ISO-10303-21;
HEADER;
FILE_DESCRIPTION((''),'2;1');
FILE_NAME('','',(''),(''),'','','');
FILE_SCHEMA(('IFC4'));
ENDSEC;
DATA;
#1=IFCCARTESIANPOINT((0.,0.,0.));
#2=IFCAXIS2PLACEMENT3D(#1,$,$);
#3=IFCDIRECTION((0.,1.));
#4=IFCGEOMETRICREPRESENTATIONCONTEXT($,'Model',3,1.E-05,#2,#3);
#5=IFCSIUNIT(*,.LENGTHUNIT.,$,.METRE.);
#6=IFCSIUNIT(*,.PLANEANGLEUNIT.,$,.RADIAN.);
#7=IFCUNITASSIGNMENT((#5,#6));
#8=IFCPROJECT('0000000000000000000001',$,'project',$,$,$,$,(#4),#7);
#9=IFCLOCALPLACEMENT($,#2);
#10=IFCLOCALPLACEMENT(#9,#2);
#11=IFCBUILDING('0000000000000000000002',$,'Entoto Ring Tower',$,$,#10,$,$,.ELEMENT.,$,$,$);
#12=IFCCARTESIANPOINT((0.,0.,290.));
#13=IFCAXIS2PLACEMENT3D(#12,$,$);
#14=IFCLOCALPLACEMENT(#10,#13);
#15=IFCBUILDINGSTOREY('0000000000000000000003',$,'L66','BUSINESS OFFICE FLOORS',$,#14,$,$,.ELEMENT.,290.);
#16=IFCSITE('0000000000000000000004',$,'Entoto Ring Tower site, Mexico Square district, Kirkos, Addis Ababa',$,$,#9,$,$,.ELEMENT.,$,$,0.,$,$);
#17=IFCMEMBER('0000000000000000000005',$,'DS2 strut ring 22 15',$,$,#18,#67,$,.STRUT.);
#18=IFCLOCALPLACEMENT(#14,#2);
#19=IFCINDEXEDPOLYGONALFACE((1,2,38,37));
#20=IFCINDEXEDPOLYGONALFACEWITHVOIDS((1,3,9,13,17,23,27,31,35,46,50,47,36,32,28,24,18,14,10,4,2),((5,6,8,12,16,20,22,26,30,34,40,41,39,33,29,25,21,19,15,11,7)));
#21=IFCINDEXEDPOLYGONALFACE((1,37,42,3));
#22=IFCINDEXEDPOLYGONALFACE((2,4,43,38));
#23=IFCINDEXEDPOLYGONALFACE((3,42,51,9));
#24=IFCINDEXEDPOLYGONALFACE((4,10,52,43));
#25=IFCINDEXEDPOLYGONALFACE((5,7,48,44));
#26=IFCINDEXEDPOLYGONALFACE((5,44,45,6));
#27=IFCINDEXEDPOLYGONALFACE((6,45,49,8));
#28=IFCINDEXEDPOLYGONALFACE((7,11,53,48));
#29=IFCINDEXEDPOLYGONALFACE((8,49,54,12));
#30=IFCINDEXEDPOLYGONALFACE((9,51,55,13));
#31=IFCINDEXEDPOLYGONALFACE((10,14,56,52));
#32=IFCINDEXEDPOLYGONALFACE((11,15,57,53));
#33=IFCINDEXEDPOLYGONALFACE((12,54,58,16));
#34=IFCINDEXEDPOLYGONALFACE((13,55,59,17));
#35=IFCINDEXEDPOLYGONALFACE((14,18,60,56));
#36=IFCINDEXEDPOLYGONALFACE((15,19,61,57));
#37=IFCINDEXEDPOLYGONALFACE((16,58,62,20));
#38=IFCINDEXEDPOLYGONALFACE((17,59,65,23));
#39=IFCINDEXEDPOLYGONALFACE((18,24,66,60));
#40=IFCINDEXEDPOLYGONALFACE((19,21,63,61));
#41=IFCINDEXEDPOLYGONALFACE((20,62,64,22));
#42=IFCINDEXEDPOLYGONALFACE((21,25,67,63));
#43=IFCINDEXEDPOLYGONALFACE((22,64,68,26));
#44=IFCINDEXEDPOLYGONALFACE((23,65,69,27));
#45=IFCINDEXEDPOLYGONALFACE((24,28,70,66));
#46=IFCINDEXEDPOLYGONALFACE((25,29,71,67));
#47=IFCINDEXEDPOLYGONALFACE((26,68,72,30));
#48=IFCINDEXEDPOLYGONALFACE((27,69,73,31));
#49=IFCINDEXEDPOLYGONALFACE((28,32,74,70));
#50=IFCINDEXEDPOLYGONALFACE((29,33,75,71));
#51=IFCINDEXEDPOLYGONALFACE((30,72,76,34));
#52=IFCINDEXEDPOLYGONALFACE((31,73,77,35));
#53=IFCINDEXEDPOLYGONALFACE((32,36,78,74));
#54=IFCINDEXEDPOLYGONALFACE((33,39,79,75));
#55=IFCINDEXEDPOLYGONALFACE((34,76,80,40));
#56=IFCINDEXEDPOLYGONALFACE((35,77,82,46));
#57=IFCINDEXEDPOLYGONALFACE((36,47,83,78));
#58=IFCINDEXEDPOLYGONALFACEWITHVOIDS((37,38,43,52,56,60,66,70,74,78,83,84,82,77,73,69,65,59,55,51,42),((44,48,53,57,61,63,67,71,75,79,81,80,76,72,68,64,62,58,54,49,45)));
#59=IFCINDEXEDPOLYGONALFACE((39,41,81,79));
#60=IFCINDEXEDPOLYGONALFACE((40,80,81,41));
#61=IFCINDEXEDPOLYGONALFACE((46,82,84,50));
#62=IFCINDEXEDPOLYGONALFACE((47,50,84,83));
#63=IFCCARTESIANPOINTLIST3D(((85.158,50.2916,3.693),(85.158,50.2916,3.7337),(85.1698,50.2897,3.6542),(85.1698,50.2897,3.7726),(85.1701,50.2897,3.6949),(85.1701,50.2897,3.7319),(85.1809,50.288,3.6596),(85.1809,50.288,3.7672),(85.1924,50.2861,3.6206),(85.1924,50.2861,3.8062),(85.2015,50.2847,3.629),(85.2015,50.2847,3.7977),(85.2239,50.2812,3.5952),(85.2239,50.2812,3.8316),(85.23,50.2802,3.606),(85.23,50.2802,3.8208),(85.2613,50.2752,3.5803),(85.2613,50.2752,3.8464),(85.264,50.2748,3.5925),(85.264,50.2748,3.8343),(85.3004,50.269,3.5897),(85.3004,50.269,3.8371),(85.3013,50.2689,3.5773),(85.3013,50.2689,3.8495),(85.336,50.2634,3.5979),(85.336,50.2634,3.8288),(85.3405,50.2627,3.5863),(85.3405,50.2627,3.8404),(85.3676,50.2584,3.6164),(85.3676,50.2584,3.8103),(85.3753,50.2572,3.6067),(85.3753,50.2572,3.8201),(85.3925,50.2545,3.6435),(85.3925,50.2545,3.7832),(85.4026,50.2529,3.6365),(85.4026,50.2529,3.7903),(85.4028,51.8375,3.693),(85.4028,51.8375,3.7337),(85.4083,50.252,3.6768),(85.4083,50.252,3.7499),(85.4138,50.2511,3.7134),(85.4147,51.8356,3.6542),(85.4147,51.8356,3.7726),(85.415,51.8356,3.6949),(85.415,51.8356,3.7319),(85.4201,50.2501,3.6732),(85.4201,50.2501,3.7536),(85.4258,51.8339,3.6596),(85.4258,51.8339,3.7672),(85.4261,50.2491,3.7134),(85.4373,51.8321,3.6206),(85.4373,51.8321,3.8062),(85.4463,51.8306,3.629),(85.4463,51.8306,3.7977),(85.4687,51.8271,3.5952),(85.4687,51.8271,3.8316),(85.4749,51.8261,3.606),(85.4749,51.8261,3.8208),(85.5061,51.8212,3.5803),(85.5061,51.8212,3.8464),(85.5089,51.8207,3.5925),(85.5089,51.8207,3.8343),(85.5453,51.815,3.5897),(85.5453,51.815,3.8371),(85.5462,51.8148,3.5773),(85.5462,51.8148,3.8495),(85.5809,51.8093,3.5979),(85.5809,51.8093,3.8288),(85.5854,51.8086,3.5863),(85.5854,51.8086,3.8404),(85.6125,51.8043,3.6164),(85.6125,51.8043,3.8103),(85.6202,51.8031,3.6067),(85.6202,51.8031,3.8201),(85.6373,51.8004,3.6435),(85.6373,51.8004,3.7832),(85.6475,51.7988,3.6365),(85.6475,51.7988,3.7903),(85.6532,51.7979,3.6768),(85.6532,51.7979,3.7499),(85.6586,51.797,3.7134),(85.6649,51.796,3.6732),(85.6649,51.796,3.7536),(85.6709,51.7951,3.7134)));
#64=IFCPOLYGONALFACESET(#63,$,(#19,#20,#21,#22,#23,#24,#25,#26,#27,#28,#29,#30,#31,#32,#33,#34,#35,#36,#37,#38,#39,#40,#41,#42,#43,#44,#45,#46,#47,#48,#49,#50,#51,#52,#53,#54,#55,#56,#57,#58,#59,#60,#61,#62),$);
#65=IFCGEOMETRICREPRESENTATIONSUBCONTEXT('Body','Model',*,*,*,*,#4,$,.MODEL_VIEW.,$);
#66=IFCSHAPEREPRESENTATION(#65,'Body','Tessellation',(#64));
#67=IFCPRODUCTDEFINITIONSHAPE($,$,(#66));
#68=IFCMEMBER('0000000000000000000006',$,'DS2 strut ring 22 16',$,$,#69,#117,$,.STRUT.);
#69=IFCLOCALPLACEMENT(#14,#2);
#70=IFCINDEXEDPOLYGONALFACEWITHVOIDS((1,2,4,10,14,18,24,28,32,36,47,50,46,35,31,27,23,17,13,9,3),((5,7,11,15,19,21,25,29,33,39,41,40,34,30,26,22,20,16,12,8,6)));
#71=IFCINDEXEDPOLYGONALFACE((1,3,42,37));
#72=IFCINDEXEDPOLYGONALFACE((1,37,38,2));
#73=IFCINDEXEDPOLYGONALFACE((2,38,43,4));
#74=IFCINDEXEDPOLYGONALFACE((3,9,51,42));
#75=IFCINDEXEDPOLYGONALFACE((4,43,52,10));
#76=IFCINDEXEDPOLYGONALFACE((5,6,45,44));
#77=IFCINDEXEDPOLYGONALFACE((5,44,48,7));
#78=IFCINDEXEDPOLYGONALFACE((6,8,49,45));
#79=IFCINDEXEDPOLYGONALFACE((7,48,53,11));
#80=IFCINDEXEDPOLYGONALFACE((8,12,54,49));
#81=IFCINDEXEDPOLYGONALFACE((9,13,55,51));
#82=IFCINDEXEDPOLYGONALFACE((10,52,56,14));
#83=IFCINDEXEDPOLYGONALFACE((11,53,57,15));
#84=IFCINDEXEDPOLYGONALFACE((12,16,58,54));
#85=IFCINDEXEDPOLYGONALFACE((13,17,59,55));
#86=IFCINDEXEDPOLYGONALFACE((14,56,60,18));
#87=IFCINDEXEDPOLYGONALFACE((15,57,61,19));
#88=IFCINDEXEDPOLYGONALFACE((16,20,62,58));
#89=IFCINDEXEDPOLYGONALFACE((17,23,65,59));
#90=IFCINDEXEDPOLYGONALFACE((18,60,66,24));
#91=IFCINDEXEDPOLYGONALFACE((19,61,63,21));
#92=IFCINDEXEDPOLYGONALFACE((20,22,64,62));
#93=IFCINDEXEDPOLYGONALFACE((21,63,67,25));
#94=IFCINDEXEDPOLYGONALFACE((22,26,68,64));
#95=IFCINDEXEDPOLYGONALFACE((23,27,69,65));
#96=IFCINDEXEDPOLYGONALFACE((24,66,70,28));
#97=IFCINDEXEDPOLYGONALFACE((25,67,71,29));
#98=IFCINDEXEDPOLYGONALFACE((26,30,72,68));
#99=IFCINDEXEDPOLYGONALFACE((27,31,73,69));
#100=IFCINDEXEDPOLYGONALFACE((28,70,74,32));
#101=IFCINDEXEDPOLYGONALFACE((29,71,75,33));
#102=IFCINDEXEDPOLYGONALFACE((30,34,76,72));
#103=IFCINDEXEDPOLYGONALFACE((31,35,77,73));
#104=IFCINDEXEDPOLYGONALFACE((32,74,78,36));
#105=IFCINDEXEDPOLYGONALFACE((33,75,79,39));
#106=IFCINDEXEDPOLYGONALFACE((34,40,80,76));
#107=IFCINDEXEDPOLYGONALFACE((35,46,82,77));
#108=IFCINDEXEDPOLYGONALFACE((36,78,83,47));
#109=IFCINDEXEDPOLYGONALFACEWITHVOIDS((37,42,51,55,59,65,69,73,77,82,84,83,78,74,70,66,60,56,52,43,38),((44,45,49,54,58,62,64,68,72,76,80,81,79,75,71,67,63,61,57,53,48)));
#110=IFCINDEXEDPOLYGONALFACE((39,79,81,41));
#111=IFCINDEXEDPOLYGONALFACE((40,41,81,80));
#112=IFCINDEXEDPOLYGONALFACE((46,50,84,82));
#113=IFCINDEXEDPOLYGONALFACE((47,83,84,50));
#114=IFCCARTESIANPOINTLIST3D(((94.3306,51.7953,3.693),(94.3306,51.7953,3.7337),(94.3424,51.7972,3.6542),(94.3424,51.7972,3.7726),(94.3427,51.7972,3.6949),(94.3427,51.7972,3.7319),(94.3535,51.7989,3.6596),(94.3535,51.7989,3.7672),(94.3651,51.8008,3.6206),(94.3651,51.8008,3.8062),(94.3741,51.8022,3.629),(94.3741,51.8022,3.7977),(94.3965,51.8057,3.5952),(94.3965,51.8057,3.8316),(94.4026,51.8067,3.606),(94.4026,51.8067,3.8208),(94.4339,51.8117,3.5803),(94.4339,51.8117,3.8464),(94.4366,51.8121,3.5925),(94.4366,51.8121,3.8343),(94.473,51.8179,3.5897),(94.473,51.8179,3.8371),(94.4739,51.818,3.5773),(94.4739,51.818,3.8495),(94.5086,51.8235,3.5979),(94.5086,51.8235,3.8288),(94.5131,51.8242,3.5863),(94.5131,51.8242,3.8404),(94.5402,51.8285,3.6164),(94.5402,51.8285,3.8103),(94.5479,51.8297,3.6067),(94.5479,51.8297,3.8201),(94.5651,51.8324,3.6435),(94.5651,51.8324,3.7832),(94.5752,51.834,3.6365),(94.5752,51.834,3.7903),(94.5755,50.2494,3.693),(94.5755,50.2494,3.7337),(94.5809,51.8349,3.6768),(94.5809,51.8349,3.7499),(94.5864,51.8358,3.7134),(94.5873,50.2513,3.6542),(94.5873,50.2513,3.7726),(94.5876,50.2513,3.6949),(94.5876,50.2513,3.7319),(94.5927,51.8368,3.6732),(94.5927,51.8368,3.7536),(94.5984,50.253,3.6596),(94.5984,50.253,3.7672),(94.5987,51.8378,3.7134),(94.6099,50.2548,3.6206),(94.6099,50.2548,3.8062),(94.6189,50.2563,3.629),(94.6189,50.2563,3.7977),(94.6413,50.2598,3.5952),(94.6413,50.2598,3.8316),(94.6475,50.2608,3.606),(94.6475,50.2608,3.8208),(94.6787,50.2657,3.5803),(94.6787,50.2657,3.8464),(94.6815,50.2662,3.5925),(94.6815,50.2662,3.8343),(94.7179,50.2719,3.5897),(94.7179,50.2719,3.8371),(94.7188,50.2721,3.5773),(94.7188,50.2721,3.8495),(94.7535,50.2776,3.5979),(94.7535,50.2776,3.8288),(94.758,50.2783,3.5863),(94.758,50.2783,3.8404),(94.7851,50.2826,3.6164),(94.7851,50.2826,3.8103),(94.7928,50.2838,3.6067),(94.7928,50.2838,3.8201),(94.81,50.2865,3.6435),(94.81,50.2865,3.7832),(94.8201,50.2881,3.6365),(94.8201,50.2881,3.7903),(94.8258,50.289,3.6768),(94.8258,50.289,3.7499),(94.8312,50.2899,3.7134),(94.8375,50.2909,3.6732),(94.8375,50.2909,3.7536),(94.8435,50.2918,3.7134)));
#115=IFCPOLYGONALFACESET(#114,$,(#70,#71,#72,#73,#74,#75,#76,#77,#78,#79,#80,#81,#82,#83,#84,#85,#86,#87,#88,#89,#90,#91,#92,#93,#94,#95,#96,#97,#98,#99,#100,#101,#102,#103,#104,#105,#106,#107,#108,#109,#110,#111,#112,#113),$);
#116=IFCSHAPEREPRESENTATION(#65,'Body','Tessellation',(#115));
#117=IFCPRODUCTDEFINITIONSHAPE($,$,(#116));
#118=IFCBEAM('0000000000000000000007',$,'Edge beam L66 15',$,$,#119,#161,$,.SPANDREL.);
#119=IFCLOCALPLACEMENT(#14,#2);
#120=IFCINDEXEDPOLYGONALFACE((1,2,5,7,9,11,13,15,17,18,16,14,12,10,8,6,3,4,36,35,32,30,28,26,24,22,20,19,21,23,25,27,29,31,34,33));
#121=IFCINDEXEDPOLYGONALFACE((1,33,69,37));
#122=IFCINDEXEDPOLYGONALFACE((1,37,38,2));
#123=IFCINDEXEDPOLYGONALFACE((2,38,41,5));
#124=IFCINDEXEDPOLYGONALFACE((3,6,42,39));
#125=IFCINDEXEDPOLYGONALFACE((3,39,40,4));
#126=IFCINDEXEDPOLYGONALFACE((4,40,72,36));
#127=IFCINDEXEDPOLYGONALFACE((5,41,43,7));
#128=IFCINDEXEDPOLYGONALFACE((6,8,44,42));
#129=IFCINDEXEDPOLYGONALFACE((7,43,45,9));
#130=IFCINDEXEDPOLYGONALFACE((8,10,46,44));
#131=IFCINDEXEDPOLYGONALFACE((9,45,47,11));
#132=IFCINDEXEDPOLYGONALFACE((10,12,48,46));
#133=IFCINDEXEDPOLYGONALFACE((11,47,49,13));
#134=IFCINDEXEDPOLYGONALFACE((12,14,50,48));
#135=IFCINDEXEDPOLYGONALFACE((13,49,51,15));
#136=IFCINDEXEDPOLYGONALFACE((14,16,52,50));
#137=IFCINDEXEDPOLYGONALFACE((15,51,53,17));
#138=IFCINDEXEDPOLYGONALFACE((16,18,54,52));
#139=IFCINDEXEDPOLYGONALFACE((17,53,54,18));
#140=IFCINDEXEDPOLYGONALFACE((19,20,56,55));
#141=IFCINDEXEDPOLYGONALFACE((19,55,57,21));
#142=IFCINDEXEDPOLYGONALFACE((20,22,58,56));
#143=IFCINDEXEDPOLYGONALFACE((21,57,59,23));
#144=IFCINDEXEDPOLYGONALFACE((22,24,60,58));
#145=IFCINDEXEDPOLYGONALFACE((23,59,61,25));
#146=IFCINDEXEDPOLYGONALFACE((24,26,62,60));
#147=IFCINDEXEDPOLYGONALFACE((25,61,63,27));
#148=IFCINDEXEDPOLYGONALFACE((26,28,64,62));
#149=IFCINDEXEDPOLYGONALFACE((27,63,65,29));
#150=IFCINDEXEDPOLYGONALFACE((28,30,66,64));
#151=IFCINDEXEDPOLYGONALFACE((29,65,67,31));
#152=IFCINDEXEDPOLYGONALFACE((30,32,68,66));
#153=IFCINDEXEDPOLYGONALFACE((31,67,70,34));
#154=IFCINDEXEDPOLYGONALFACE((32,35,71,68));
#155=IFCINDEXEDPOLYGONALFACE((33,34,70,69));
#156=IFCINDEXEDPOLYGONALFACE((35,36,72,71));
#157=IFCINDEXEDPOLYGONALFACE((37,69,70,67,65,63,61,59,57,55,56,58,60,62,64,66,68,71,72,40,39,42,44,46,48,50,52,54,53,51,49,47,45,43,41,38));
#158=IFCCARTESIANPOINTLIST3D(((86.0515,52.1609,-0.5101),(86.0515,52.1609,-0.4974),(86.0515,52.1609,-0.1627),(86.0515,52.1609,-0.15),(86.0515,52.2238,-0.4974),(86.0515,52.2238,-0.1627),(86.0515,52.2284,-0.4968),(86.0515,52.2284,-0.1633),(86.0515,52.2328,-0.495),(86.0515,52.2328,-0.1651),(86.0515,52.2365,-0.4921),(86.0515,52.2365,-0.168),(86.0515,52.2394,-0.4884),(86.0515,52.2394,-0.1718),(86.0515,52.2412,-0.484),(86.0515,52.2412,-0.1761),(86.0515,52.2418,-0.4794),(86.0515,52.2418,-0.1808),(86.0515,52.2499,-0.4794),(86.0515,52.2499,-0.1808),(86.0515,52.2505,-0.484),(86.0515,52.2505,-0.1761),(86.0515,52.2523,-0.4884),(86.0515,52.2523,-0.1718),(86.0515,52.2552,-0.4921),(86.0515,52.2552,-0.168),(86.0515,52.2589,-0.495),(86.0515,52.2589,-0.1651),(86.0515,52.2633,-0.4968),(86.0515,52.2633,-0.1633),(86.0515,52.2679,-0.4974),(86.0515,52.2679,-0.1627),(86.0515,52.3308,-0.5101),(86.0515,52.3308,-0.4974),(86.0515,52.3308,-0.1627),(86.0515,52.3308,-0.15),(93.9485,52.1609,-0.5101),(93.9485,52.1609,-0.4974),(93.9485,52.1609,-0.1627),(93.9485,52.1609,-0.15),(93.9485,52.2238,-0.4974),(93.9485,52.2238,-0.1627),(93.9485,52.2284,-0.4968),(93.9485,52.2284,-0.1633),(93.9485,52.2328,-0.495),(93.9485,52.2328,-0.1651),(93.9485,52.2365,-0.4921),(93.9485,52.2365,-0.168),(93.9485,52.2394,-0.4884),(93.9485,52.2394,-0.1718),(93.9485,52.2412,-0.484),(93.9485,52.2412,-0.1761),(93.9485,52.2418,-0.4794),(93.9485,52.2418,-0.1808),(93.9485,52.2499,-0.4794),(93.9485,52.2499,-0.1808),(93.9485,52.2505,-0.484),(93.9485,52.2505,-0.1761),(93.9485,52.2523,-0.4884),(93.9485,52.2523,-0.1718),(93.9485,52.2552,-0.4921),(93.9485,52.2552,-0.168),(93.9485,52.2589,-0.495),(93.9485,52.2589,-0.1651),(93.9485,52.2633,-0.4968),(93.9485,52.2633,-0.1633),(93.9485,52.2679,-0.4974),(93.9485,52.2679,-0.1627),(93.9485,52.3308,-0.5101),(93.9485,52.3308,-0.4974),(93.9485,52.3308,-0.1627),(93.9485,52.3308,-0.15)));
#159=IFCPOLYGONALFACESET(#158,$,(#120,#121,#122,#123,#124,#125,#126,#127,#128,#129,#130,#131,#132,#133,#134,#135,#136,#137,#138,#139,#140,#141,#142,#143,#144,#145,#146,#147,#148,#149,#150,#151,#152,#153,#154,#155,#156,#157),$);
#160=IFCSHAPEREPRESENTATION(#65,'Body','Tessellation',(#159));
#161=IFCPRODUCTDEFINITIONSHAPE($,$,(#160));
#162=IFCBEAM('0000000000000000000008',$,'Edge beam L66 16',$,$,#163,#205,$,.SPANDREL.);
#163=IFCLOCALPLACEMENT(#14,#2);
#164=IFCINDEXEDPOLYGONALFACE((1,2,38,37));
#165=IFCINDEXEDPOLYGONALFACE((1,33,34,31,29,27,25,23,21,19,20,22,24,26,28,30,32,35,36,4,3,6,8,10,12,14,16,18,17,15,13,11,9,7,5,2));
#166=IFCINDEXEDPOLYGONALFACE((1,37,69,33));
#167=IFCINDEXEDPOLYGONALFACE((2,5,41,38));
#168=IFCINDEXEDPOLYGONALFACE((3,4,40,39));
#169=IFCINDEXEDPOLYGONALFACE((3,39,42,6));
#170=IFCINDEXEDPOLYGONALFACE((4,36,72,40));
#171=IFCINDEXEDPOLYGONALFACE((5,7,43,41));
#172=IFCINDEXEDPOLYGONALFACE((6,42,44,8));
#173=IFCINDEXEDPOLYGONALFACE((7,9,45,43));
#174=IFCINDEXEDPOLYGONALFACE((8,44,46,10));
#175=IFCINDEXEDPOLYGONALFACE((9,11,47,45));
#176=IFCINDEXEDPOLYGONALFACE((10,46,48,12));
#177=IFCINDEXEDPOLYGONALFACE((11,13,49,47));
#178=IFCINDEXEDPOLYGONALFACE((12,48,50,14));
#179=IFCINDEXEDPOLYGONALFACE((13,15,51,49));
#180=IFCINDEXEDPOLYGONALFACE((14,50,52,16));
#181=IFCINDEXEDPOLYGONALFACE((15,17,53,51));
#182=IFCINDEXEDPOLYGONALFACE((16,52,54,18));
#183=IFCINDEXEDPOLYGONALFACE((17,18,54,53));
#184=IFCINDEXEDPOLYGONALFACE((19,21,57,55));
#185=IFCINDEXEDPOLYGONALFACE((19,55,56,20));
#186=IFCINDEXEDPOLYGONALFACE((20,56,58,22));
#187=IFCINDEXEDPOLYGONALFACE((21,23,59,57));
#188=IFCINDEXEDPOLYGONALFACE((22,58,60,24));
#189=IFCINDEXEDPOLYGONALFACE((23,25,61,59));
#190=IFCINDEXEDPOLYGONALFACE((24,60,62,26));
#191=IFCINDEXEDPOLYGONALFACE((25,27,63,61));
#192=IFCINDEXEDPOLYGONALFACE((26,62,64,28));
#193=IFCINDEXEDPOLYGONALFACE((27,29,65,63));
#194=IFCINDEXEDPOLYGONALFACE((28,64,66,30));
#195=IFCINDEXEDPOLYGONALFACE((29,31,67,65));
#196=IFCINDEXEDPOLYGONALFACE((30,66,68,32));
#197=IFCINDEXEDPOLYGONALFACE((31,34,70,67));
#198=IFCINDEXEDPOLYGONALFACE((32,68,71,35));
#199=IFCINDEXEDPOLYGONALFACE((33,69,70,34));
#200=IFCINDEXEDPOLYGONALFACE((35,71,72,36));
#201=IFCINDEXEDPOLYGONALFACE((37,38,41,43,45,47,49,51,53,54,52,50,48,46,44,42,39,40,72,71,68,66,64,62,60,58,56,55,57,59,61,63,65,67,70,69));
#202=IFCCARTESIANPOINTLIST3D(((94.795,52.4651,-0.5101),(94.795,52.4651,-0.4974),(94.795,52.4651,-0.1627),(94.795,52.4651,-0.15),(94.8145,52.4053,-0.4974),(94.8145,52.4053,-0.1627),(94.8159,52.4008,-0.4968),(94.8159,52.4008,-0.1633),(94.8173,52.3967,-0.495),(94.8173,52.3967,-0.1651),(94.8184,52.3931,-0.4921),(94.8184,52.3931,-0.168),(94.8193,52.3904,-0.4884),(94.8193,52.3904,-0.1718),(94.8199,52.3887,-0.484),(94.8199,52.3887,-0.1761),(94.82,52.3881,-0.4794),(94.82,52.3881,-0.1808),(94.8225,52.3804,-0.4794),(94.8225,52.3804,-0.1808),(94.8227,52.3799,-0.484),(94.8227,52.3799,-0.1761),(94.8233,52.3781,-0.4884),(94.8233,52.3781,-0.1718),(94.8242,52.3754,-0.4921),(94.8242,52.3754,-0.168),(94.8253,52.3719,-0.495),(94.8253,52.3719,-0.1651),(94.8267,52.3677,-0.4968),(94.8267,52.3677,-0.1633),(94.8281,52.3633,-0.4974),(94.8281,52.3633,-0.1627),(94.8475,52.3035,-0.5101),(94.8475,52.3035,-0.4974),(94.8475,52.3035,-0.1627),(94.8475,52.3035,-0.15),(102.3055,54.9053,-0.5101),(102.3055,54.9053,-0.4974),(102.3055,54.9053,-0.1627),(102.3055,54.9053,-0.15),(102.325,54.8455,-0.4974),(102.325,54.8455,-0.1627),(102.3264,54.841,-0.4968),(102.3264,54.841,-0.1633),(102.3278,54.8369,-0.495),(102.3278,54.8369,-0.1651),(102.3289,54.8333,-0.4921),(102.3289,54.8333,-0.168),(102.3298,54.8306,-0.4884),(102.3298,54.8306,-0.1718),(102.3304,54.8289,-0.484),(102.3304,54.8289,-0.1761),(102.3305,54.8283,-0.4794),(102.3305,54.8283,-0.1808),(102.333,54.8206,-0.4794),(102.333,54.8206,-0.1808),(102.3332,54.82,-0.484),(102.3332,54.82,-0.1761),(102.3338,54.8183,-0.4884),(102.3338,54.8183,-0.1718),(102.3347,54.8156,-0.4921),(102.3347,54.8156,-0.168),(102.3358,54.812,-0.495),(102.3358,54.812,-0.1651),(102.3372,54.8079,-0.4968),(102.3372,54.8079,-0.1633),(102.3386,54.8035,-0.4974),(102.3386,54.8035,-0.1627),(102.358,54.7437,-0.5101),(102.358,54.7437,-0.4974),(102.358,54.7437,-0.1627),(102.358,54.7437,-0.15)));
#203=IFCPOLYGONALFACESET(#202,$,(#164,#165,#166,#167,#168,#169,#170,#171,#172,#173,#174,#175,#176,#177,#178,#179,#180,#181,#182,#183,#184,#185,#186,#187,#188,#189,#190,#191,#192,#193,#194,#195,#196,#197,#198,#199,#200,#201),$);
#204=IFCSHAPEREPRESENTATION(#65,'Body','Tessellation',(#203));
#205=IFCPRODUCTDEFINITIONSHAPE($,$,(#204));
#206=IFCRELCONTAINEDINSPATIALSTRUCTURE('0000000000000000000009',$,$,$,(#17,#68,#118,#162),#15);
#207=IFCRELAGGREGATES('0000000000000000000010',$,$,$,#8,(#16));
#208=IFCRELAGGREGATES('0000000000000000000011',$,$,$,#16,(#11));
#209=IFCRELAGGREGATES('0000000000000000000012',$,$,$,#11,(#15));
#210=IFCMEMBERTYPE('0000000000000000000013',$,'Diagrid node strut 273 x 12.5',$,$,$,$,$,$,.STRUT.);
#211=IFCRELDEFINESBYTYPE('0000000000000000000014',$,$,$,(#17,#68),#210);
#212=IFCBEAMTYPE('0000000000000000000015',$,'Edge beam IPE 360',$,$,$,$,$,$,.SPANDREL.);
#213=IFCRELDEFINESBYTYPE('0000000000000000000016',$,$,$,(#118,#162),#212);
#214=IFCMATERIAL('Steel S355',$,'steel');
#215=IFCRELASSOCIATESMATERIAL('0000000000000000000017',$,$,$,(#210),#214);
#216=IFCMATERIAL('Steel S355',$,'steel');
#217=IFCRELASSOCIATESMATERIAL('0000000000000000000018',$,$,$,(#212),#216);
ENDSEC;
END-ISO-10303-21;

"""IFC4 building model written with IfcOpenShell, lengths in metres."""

from ifc_helpers import new_model, si_unit, direction, frame, origin, origin_2d, place, context, subcontext, project, spatial, circle, hollow_circle, i_section, extrude, material, material_profile, profile_set, type_object, element, save


model = new_model("IFC4")

# Units and contexts
model_context = context("Model", 3, precision=1e-05, world=origin(), true_north=direction((0.0, 1.0)))
body_context = subcontext(model_context, "Body", "Model", "MODEL_VIEW")
ifc_project = project(units=[si_unit("LENGTHUNIT", "METRE"), si_unit("PLANEANGLEUNIT", "RADIAN")], contexts=[model_context])

# Site, building, storey
site_placement = place(None, origin())
site = spatial("IfcSite", under=ifc_project, at=site_placement, Name="Entoto Ring Tower site, Mexico Square district, Kirkos, Addis Ababa", CompositionType="ELEMENT", RefElevation=0.0)
building_placement = place(site_placement, origin())
building = spatial("IfcBuilding", under=site, at=building_placement, Name="Entoto Ring Tower", CompositionType="ELEMENT")
storey_placement = place(building_placement, frame((0.0, 0.0, 290.0)))
storey = spatial("IfcBuildingStorey", under=building, at=storey_placement, Name="L66", Description="BUSINESS OFFICE FLOORS", CompositionType="ELEMENT", Elevation=290.0)

# Members
ifc_material_1 = material(Name="Steel S355", Category="steel")
ifc_material_profile_1 = material_profile(ifc_material_1, hollow_circle(Radius=0.1365, WallThickness=0.0125, at=origin_2d()), Name="CHS 273 x 12.5")
ifc_material_2 = material(Name="Concrete C60/75", Category="concrete")
ifc_material_profile_2 = material_profile(ifc_material_2, circle(Radius=0.124, at=origin_2d()), Name="Concrete C60/75 infill")
ifc_profile_set_1 = profile_set([ifc_material_profile_1, ifc_material_profile_2], Name="Steel S355")
member_type = type_object("IfcMemberType", Name="Diagrid node strut 273 x 12.5", PredefinedType="STRUT", material=ifc_profile_set_1)
for number, where, z_axis, x_axis, name in (
    (1, (85.5361, 51.8164, 3.7134), (-0.156451, -0.987686, 0.0), (0.987686, -0.156451, 0.0), "DS2 strut ring 22 15"),
    (2, (94.4639, 51.8164, 3.7134), (0.156451, -0.987686, 0.0), (0.987686, 0.156451, 0.0), "DS2 strut ring 22 16"),
):
    element("IfcMember", number, at=place(storey_placement, frame(where, z_axis=z_axis, x_axis=x_axis)), inside=storey, type_object=member_type, Name=name, PredefinedType="STRUT", context=body_context, shape_type="SweptSolid", body=[
        extrude(hollow_circle(Radius=0.1365, WallThickness=0.0125, at=origin_2d()), origin(), (0.0, 0.0, 1.0), 1.5652),
    ])

# Beams
ifc_material_3 = material(Name="Steel S355", Category="steel")
ifc_material_profile_3 = material_profile(ifc_material_3, i_section(OverallWidth=0.1699, OverallDepth=0.3601, WebThickness=0.0081, FlangeThickness=0.0127, FilletRadius=0.0181, at=origin_2d()), Name="IPE 360")
ifc_profile_set_2 = profile_set([ifc_material_profile_3], Name="Steel S355")
beam_type_1 = type_object("IfcBeamType", Name="Edge beam IPE 360", PredefinedType="SPANDREL", material=ifc_profile_set_2)
for number, where, z_axis, x_axis, name in (
    (3, (86.0515, 52.2458, -0.3301), (1.0, 0.0, 0.0), (0.0, 1.0, 0.0), "Edge beam L66 15"),
    (4, (94.8213, 52.3843, -0.3301), (0.951061, 0.309003, 0.0), (-0.309003, 0.951061, 0.0), "Edge beam L66 16"),
):
    element("IfcBeam", number, at=place(storey_placement, frame(where, z_axis=z_axis, x_axis=x_axis)), inside=storey, type_object=beam_type_1, Name=name, PredefinedType="SPANDREL", context=body_context, shape_type="SweptSolid", body=[
        extrude(i_section(OverallWidth=0.1699, OverallDepth=0.3601, WebThickness=0.0081, FlangeThickness=0.0127, FilletRadius=0.0181, at=origin_2d()), origin(), (0.0, 0.0, 1.0), 7.897),
    ])

save(model, "model.ifc")
